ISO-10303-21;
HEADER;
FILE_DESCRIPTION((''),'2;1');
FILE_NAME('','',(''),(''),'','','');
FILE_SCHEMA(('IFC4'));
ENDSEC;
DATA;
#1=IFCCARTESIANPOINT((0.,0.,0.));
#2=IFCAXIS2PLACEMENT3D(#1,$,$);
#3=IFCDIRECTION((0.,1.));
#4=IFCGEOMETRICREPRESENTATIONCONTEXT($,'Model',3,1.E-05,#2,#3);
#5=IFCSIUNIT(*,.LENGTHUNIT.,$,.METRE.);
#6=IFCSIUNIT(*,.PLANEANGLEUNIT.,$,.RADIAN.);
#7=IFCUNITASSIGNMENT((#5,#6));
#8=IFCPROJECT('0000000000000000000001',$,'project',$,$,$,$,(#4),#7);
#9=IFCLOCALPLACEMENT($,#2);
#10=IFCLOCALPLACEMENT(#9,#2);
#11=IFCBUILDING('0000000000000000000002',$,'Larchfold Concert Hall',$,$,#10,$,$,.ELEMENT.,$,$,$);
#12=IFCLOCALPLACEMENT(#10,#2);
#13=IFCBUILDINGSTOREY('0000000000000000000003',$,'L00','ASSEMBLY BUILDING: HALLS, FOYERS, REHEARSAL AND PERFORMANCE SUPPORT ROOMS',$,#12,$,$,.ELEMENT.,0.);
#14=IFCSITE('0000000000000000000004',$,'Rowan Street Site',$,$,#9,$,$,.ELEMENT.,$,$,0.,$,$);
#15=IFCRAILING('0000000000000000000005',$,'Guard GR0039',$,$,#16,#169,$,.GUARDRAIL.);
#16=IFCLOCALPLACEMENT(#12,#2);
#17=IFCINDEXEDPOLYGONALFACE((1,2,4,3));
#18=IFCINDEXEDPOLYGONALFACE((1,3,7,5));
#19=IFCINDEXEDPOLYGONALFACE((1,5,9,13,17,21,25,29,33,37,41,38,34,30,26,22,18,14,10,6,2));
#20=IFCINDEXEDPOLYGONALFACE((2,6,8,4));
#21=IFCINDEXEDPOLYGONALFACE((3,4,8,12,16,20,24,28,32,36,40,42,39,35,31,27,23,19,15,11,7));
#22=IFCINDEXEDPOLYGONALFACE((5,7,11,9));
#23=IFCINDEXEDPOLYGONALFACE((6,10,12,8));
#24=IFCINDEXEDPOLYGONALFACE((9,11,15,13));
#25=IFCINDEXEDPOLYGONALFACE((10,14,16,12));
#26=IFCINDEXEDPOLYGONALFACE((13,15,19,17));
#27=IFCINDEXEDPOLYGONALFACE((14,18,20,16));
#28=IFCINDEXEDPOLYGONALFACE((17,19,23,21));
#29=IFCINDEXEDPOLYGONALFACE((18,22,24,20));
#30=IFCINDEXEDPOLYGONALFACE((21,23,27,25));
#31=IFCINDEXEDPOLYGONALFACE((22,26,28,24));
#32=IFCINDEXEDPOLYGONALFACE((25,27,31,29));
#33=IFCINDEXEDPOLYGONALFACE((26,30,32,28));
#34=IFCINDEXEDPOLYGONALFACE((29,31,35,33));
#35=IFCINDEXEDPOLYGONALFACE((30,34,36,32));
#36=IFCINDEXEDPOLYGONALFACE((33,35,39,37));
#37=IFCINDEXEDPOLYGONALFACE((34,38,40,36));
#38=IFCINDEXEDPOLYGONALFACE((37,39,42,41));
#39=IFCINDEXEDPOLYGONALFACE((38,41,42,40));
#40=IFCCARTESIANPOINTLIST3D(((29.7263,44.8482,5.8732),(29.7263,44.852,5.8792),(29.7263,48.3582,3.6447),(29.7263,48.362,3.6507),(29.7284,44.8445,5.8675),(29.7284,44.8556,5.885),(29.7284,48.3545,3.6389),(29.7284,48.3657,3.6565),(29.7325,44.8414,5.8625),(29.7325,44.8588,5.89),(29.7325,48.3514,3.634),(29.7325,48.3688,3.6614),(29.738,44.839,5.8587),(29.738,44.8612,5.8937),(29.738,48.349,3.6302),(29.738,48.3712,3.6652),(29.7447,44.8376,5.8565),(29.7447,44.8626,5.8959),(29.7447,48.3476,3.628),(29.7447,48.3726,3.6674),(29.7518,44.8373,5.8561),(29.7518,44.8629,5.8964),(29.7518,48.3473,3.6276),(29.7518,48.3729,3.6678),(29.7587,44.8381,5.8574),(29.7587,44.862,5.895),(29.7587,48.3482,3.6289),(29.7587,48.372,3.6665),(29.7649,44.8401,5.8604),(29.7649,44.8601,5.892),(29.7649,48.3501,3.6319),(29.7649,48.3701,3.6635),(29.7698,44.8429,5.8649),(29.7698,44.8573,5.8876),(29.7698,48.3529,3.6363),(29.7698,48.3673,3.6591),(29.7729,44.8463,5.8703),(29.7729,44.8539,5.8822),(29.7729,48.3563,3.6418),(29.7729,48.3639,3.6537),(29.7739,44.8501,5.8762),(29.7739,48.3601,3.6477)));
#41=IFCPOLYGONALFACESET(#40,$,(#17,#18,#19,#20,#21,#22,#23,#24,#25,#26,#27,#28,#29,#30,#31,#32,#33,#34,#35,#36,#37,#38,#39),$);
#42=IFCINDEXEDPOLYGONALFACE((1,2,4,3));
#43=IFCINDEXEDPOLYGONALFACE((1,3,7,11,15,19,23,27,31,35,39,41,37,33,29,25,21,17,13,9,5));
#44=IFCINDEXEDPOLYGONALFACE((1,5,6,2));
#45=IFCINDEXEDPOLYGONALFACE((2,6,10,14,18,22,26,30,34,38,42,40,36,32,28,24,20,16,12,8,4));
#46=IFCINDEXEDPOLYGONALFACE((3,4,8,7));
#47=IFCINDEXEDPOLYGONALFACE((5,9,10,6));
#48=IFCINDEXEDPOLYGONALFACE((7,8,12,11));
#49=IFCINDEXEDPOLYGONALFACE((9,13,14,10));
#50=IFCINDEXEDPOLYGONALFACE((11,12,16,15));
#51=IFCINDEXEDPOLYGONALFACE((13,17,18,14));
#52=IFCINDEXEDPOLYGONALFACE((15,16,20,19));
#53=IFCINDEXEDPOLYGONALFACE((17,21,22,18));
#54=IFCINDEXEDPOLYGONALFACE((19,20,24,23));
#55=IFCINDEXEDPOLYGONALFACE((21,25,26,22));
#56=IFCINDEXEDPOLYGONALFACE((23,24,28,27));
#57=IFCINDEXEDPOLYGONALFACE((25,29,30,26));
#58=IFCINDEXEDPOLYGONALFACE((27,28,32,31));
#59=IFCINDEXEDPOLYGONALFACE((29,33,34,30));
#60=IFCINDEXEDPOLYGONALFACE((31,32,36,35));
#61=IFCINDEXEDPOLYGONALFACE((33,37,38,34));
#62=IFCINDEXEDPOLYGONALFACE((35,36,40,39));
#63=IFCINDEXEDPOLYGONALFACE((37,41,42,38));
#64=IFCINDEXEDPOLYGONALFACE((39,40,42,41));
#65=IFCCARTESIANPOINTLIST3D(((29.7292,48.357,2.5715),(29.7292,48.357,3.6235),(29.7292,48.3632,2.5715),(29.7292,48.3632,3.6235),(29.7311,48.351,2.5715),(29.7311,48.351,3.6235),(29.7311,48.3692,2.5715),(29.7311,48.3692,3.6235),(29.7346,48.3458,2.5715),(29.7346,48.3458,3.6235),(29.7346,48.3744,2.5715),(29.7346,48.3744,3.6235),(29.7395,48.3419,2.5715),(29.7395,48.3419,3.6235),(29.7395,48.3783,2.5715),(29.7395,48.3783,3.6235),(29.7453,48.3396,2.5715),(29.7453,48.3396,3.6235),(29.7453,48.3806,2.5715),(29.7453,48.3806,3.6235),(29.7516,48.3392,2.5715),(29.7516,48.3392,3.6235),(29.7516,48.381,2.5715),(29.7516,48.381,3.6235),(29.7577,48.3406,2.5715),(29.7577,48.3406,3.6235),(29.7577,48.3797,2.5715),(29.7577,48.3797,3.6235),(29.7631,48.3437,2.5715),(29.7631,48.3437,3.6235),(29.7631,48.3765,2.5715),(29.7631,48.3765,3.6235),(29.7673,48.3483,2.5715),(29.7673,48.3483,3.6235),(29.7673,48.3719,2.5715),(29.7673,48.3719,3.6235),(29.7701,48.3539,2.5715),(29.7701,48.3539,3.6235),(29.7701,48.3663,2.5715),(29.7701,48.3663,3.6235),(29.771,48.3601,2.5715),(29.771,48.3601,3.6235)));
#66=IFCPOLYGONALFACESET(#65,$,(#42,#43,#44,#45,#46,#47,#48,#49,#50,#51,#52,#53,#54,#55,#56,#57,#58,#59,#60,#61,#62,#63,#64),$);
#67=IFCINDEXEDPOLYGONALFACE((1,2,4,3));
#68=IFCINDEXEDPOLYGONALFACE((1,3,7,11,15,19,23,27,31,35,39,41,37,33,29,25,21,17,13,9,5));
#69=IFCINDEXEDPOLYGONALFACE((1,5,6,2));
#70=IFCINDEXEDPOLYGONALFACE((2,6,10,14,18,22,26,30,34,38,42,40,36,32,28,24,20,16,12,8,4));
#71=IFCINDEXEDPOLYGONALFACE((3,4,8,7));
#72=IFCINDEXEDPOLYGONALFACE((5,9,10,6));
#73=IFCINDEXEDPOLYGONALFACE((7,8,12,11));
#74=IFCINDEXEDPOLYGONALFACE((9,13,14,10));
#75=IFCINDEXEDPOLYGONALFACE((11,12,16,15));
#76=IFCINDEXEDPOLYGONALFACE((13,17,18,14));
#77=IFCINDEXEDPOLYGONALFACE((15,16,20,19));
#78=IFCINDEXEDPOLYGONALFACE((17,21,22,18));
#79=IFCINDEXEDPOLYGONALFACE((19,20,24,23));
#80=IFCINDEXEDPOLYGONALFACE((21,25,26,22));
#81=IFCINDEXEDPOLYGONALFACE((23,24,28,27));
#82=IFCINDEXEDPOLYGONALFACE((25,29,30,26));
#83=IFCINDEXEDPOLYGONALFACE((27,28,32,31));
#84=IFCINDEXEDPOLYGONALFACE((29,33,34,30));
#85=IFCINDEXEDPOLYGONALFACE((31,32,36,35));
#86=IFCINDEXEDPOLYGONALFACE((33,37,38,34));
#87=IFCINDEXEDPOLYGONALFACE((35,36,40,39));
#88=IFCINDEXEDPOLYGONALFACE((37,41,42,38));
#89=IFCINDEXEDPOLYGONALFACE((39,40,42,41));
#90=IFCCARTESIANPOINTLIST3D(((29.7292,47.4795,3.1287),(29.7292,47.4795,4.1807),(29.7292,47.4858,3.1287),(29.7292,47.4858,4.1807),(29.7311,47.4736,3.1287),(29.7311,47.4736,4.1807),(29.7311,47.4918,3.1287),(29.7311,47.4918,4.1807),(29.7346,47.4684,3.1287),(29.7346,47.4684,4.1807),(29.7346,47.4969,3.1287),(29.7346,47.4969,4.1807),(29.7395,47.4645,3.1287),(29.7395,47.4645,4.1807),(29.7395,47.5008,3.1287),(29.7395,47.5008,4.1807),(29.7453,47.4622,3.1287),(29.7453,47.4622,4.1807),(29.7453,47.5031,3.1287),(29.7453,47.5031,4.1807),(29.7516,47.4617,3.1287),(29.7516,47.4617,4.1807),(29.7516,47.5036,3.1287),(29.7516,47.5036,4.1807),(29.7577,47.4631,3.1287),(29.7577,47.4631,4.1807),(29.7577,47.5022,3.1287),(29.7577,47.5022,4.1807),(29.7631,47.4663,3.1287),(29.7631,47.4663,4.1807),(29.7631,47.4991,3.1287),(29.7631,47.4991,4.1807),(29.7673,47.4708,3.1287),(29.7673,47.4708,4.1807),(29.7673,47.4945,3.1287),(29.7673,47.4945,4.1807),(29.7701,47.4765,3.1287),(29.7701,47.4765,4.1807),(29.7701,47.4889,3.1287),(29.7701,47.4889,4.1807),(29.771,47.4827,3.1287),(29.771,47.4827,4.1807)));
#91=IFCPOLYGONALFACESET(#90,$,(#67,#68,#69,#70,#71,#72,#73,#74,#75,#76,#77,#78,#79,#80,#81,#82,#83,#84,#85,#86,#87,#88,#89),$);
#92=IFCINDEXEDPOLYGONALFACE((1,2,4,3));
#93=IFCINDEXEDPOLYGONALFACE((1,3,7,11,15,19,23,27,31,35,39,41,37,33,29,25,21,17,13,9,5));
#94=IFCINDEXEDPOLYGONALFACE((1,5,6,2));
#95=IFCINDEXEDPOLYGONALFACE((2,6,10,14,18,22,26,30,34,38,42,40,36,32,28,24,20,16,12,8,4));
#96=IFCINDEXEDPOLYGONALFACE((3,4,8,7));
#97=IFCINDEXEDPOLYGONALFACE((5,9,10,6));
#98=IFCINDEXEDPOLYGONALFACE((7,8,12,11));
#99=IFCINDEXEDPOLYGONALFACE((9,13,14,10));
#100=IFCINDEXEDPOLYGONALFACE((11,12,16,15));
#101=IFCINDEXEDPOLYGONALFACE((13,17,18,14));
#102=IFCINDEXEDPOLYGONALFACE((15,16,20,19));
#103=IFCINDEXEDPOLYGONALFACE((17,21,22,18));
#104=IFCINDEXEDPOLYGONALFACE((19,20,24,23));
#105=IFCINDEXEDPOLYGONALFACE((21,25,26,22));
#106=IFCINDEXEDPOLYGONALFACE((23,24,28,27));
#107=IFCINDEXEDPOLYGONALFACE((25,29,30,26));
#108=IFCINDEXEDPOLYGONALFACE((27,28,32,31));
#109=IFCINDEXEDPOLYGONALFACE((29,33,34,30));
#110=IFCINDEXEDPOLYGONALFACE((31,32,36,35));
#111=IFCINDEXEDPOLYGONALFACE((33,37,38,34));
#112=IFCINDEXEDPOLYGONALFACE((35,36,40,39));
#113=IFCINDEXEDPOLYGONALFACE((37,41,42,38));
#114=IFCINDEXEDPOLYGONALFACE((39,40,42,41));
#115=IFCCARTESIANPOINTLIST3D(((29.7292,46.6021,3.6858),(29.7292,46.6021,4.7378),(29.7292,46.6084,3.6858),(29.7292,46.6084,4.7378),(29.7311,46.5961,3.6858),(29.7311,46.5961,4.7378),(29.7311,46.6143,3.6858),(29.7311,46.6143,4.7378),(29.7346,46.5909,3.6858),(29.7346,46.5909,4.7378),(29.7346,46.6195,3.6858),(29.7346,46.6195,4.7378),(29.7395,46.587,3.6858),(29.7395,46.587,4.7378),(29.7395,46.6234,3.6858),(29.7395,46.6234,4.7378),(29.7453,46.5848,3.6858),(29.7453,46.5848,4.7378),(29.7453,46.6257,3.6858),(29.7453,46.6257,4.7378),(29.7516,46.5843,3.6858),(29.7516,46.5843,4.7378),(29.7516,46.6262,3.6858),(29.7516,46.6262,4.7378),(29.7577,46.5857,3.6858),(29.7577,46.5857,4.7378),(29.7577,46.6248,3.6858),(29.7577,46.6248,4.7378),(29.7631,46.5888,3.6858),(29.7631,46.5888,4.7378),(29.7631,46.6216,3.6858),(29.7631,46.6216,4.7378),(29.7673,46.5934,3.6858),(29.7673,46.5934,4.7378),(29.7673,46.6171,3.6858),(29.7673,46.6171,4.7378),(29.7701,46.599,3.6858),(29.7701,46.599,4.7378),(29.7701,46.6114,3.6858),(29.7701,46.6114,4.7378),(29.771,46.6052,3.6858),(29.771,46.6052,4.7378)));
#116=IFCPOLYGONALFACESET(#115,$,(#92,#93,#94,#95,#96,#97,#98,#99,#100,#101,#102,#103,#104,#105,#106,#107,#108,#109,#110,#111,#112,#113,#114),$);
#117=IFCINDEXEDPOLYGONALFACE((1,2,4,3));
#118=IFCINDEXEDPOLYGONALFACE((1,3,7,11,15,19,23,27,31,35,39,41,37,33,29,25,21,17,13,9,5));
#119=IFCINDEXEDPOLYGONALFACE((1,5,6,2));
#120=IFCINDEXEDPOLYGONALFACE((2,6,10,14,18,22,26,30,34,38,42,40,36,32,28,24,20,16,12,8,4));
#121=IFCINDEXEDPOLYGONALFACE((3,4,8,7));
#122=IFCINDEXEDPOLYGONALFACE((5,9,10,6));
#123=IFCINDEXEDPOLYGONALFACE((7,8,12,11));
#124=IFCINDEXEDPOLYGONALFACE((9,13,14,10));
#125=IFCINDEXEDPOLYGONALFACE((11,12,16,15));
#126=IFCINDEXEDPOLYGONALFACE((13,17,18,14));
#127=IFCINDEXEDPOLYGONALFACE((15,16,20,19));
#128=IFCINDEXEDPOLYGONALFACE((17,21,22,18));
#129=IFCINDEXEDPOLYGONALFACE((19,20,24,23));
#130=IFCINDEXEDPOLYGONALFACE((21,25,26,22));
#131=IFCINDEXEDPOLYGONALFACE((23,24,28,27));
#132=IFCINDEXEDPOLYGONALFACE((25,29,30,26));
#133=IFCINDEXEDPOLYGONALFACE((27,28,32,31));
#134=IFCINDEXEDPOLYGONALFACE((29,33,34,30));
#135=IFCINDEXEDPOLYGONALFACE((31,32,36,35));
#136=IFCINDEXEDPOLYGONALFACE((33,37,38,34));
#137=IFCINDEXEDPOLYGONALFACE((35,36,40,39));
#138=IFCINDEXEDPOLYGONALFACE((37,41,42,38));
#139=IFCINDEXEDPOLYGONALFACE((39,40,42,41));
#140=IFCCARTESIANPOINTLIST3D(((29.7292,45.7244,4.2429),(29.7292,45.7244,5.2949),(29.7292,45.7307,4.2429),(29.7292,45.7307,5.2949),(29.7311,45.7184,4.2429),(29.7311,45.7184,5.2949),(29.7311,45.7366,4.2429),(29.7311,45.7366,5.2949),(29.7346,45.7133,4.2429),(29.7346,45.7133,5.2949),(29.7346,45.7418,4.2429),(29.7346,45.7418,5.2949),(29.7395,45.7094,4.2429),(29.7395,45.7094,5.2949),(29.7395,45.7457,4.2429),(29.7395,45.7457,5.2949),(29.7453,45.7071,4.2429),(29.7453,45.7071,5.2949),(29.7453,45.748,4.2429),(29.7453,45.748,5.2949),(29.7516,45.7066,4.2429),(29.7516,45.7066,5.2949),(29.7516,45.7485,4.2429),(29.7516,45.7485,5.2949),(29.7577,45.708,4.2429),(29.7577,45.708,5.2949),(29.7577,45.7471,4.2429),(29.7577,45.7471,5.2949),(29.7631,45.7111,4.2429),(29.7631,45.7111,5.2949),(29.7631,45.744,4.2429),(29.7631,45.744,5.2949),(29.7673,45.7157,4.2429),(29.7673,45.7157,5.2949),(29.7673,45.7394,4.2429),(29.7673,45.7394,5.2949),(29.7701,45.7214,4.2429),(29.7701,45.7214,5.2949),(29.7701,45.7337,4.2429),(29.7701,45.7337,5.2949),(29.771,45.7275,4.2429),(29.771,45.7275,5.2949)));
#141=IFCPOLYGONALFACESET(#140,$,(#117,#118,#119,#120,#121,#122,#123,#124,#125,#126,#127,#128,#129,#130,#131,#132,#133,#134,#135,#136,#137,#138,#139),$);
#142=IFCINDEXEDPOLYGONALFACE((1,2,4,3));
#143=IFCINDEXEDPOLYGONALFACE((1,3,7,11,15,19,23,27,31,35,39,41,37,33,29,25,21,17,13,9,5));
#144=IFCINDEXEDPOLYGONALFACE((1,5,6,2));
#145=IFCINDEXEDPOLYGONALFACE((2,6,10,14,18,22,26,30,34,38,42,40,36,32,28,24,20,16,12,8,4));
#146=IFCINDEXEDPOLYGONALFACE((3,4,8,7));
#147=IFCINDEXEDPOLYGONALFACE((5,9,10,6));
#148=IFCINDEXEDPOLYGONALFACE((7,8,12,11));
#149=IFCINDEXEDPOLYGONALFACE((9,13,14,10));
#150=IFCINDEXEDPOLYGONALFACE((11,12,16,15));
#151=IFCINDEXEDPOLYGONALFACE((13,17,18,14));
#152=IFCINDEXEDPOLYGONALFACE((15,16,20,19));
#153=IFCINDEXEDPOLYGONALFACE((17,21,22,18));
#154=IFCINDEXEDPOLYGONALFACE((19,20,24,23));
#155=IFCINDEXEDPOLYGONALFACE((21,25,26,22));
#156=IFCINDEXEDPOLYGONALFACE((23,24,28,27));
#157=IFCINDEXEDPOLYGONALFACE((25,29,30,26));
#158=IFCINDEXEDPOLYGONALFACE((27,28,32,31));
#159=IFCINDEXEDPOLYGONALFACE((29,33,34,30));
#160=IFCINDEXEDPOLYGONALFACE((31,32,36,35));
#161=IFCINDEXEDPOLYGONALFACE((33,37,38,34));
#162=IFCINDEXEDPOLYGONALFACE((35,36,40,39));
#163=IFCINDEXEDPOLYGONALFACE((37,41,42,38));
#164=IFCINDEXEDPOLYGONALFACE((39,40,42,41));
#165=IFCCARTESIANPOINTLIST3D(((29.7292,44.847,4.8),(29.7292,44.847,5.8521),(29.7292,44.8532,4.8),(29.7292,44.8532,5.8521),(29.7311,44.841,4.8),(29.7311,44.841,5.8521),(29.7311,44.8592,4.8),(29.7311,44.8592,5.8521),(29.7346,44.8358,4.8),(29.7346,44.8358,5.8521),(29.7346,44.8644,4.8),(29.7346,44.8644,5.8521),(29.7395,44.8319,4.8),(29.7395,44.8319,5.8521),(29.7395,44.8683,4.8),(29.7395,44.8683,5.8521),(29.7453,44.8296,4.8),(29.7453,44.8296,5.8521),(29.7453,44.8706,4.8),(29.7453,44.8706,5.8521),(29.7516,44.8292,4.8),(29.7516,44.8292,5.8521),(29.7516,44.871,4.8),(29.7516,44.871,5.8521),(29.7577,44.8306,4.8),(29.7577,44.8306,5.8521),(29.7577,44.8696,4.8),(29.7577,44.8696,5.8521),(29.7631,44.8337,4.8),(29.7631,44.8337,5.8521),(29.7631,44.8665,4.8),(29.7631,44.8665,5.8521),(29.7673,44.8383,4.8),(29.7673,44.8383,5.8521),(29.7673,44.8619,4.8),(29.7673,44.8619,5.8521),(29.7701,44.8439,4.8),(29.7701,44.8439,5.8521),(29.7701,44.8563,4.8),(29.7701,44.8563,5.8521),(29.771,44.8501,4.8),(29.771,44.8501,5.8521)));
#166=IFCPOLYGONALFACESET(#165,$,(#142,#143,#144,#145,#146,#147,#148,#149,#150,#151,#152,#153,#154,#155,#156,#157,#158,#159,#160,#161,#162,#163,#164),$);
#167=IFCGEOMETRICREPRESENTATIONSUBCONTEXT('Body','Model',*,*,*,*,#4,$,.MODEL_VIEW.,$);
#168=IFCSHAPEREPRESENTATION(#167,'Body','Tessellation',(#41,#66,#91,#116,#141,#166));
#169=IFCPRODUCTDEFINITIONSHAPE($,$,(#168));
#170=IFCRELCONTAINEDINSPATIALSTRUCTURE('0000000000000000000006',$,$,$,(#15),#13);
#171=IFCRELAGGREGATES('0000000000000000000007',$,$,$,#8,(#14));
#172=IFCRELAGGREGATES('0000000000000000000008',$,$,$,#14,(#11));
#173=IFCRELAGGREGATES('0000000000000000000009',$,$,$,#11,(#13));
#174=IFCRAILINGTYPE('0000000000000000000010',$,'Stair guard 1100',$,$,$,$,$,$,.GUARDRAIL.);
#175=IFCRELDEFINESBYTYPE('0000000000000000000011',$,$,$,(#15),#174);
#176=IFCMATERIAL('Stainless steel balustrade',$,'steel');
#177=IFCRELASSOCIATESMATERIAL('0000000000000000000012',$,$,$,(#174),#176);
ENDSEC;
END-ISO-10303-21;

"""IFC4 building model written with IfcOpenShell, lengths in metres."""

from ifc_helpers import new_model, si_unit, direction, frame, origin, origin_2d, place, context, subcontext, project, spatial, circle, extrude, material, type_object, element, save


model = new_model("IFC4")

# Units and contexts
model_context = context("Model", 3, precision=1e-05, world=origin(), true_north=direction((0.0, 1.0)))
body_context = subcontext(model_context, "Body", "Model", "MODEL_VIEW")
ifc_project = project(units=[si_unit("LENGTHUNIT", "METRE"), si_unit("PLANEANGLEUNIT", "RADIAN")], contexts=[model_context])

# Site, building, storey
site_placement = place(None, origin())
site = spatial("IfcSite", under=ifc_project, at=site_placement, Name="Rowan Street Site", CompositionType="ELEMENT", RefElevation=0.0)
building_placement = place(site_placement, origin())
building = spatial("IfcBuilding", under=site, at=building_placement, Name="Larchfold Concert Hall", CompositionType="ELEMENT")
storey_placement = place(building_placement, origin())
storey = spatial("IfcBuildingStorey", under=building, at=storey_placement, Name="L00", Description="ASSEMBLY BUILDING: HALLS, FOYERS, REHEARSAL AND PERFORMANCE SUPPORT ROOMS", CompositionType="ELEMENT", Elevation=0.0)

# Railing
ifc_material_1 = material(Name="Stainless steel balustrade", Category="steel")
railing_type_1 = type_object("IfcRailingType", Name="Stair guard 1100", PredefinedType="GUARDRAIL", material=ifc_material_1)
railing_1_placement = place(storey_placement, frame((29.75, 48.3601, 2.5715)))
element("IfcRailing", 1, at=railing_1_placement, inside=storey, type_object=railing_type_1, Name="Guard GR0039", PredefinedType="GUARDRAIL", context=body_context, shape_type="SweptSolid", body=[
    extrude(circle(Radius=0.0239, at=origin_2d()), frame((0.0, 0.0, 1.0762), z_axis=(0.0, -0.84422, 0.535998), x_axis=(1.0, 0.0, 0.0)), (0.0, 0.0, 1.0), 4.1577),
    extrude(circle(Radius=0.021, at=origin_2d()), origin(), (0.0, 0.0, 1.0), 1.052),
    extrude(circle(Radius=0.021, at=origin_2d()), frame((0.0, -0.8774, 0.5571)), (0.0, 0.0, 1.0), 1.052),
    extrude(circle(Radius=0.021, at=origin_2d()), frame((0.0, -1.7549, 1.1143)), (0.0, 0.0, 1.0), 1.052),
    extrude(circle(Radius=0.021, at=origin_2d()), frame((0.0, -2.6326, 1.6714)), (0.0, 0.0, 1.0), 1.052),
    extrude(circle(Radius=0.021, at=origin_2d()), frame((0.0, -3.51, 2.2285)), (0.0, 0.0, 1.0), 1.052),
])

save(model, "model.ifc")
